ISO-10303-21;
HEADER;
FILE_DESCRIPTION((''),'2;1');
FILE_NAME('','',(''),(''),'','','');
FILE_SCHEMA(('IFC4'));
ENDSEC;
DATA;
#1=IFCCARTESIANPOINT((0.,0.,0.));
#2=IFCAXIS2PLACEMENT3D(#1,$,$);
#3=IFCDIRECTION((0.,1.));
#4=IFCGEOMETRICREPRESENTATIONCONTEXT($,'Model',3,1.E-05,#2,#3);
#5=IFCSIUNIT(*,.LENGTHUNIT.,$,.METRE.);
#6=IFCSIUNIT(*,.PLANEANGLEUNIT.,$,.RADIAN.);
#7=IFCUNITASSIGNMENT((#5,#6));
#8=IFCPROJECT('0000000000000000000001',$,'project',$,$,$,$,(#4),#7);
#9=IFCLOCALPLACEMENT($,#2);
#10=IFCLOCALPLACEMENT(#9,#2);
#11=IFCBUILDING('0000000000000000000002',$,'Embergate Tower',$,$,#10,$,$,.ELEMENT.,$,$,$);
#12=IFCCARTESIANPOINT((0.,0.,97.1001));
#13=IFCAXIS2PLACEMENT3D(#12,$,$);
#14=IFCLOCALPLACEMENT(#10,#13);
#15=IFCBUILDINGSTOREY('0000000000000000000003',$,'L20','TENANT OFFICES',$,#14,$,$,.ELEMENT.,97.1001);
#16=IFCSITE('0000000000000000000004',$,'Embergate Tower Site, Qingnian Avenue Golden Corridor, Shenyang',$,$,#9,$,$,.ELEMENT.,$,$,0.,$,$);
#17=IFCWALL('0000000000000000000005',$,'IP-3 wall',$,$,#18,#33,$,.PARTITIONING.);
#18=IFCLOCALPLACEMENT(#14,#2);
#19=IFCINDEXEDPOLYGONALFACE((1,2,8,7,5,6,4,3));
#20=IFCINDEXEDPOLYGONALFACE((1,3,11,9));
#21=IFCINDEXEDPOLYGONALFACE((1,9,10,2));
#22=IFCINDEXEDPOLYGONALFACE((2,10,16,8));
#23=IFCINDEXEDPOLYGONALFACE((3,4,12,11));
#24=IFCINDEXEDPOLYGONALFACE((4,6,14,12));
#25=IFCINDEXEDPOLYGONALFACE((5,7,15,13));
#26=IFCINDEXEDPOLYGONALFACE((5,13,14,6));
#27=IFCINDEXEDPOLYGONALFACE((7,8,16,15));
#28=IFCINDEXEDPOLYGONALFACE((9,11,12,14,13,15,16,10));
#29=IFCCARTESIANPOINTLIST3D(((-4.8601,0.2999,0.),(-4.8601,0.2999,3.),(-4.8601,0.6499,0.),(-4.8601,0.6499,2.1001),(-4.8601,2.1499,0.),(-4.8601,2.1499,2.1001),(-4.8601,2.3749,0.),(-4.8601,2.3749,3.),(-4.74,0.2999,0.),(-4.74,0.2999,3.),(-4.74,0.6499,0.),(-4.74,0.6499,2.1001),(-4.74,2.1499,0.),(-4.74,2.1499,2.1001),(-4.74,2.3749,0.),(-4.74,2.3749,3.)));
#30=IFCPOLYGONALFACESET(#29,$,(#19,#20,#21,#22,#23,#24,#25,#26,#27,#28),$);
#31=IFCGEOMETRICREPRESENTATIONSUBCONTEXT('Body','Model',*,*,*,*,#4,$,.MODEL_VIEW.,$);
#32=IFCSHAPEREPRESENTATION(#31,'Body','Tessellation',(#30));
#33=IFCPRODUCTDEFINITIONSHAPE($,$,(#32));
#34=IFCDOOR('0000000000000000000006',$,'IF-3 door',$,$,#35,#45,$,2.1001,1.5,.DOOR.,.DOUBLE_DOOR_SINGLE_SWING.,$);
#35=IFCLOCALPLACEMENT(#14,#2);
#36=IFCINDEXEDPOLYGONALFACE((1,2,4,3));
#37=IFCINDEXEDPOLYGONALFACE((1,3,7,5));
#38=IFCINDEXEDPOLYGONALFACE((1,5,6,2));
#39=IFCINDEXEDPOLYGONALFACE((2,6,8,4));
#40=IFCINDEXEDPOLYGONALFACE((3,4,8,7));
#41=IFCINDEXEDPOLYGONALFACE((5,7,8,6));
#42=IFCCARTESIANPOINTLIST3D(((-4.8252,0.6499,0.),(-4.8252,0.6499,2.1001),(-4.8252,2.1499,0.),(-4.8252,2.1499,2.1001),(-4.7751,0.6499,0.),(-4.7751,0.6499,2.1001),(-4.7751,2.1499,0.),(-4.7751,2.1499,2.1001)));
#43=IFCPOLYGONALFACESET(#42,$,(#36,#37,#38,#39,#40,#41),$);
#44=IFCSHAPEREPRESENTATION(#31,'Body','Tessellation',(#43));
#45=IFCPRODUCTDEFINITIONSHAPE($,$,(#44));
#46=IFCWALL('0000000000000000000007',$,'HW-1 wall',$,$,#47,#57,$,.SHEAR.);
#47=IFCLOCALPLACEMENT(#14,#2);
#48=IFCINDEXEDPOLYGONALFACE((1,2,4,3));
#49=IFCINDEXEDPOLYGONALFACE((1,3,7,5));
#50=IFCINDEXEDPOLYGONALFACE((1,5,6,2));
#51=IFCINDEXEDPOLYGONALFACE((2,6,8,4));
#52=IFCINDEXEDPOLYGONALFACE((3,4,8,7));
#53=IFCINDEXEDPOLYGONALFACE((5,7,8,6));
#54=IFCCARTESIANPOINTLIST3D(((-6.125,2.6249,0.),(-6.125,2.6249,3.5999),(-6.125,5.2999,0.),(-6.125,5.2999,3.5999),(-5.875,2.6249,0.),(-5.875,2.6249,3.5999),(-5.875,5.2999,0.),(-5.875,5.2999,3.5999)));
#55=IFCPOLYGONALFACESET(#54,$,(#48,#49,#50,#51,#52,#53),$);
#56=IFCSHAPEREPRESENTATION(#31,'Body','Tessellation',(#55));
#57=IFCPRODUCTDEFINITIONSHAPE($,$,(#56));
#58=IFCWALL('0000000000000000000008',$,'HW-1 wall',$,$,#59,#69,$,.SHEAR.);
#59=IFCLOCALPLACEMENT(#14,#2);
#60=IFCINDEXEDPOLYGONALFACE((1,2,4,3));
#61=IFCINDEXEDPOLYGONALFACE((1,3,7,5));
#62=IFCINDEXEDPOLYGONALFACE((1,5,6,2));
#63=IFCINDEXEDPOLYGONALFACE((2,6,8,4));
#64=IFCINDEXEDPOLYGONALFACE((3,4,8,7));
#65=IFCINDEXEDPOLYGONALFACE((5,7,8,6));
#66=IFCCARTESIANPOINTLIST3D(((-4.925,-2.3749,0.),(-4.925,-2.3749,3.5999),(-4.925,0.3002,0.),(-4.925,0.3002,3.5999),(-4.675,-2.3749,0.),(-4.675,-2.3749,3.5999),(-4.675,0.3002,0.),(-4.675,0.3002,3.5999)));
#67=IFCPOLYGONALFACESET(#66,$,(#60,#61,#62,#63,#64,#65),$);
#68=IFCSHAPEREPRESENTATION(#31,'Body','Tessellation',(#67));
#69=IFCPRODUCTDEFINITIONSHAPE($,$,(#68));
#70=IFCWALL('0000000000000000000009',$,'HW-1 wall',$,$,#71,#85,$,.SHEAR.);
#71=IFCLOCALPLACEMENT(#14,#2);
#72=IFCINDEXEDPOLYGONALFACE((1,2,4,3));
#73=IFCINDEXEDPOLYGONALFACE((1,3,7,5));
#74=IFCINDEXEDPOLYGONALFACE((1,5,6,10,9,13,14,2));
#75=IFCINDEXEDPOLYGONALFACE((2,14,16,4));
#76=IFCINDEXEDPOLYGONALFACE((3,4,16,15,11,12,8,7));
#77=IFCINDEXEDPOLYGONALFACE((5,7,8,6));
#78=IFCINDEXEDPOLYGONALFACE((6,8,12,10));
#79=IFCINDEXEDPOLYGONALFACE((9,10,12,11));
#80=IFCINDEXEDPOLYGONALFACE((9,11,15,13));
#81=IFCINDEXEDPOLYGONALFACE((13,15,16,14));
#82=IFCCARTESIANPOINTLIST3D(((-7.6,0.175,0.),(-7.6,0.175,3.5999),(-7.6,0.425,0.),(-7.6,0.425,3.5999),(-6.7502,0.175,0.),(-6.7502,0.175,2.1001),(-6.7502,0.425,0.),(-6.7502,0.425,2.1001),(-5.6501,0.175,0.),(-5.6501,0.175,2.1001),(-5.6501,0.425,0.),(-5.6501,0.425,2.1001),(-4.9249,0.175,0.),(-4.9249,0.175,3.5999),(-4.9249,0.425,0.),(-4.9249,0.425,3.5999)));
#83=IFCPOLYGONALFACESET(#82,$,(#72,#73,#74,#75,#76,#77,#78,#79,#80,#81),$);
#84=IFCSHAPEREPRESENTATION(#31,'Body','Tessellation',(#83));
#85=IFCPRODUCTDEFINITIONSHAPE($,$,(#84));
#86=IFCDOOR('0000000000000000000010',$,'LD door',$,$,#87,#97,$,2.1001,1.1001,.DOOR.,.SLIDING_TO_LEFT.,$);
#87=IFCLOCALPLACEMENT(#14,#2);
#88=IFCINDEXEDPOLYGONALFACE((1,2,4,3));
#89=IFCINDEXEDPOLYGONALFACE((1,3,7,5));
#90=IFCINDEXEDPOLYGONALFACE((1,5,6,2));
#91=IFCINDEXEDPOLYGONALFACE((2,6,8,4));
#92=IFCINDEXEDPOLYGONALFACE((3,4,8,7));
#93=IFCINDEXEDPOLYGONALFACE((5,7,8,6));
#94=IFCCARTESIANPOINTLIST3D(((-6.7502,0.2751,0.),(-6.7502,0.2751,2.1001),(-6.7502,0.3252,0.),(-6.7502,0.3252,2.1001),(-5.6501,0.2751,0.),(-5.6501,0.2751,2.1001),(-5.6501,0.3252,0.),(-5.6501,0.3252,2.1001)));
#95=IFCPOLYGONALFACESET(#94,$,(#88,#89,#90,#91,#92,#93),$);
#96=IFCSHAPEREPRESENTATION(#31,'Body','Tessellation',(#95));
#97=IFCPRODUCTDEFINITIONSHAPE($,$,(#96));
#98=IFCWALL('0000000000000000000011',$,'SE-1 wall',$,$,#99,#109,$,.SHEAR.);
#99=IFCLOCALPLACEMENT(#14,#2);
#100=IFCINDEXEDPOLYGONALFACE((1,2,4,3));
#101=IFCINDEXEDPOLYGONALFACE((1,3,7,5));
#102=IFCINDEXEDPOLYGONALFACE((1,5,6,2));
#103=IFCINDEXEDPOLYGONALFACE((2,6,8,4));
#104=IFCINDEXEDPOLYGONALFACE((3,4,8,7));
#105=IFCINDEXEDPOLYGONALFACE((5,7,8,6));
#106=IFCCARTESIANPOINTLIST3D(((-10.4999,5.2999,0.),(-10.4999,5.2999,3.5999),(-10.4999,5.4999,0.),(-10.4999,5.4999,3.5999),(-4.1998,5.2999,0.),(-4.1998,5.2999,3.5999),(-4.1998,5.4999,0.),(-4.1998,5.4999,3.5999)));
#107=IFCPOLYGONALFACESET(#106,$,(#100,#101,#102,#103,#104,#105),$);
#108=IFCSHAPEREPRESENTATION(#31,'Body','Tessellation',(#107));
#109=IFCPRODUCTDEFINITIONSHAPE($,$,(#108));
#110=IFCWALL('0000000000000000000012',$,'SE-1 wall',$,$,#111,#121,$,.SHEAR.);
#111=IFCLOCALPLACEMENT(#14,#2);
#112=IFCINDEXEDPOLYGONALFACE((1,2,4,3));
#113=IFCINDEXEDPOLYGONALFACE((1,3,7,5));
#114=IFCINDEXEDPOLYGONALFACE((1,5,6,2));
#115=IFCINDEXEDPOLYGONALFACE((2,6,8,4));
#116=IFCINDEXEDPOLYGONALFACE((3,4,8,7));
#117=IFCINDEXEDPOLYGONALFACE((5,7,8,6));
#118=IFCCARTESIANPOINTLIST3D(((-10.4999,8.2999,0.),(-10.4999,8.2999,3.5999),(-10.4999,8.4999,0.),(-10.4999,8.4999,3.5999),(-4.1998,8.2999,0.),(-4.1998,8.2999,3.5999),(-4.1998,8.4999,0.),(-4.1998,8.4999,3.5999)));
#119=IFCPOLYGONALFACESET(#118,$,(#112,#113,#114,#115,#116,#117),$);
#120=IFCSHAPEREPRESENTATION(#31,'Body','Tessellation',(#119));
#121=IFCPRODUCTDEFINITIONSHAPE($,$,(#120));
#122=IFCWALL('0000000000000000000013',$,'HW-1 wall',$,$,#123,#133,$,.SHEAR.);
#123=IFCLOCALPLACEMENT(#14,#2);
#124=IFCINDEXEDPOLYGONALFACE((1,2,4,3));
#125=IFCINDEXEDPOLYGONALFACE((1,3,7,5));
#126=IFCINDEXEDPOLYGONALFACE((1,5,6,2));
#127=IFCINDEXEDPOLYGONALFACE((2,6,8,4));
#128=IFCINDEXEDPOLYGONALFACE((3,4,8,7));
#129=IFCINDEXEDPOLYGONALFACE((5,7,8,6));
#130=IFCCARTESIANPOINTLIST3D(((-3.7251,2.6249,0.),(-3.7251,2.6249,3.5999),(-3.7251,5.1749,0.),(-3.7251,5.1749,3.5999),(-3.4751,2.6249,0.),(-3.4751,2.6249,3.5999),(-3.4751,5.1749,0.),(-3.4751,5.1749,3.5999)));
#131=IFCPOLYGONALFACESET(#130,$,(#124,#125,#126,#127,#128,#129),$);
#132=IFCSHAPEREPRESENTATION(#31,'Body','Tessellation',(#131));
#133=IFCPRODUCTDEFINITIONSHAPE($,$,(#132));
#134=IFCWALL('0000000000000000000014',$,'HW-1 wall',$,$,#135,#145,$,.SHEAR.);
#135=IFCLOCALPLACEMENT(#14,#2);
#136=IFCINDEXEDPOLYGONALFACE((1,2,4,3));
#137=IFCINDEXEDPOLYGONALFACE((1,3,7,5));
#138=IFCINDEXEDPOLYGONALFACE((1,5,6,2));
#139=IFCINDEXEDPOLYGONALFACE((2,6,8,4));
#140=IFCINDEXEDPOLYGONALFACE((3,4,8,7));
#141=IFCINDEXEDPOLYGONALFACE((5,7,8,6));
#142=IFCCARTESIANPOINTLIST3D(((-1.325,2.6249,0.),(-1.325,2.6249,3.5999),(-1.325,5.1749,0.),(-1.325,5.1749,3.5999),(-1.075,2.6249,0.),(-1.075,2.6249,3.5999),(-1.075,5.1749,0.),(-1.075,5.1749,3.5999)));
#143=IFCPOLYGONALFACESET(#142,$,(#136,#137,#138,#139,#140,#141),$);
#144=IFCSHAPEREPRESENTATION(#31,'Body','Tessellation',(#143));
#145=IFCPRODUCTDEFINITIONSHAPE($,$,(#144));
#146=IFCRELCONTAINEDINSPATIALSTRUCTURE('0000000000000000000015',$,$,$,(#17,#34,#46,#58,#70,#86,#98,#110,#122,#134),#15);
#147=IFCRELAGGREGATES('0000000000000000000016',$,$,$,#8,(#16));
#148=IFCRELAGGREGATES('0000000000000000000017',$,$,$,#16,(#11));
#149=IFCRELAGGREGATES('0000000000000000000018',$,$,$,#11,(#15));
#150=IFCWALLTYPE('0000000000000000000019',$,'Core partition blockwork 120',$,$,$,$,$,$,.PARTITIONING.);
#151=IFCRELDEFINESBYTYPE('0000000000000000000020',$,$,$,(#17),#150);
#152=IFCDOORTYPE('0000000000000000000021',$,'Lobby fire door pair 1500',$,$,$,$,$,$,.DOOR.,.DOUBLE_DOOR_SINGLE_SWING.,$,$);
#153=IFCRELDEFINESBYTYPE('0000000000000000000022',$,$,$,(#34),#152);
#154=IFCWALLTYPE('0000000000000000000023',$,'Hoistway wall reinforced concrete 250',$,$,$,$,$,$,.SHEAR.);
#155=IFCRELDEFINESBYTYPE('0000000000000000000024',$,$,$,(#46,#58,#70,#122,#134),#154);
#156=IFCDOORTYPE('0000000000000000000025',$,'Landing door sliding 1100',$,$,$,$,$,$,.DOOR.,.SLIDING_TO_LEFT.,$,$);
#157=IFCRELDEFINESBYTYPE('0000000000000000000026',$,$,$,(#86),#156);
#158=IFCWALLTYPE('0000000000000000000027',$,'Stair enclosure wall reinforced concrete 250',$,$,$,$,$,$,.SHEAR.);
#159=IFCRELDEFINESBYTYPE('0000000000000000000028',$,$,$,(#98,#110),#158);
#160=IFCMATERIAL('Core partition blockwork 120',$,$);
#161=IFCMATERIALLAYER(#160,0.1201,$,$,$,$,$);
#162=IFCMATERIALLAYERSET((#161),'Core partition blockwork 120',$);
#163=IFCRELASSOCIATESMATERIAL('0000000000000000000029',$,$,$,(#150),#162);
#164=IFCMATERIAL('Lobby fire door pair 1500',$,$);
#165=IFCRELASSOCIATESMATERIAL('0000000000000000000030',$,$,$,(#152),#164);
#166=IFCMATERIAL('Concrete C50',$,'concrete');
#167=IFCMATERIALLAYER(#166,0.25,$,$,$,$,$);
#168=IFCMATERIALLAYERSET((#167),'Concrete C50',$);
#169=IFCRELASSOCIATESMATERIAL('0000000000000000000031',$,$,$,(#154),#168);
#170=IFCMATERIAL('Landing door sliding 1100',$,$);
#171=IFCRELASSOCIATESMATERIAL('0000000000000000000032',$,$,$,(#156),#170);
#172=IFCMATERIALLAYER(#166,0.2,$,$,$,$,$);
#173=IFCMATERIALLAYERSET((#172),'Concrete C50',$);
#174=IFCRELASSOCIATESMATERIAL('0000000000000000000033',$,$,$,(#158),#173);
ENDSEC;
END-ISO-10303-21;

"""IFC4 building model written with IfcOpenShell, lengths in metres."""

from ifc_helpers import new_model, si_unit, direction, frame, frame_2d, origin, place, context, subcontext, project, spatial, rectangle, extrude, source, transform, mapped, material, layer, layer_set, type_object, element, fill, save


model = new_model("IFC4")

# Units and contexts
model_context = context("Model", 3, precision=1e-05, world=origin(), true_north=direction((0.0, 1.0)))
body_context = subcontext(model_context, "Body", "Model", "MODEL_VIEW")
ifc_project = project(units=[si_unit("LENGTHUNIT", "METRE"), si_unit("PLANEANGLEUNIT", "RADIAN")], contexts=[model_context])

# Site, building, storey
site_placement = place(None, origin())
site = spatial("IfcSite", under=ifc_project, at=site_placement, Name="Embergate Tower Site, Qingnian Avenue Golden Corridor, Shenyang", CompositionType="ELEMENT", RefElevation=0.0)
building_placement = place(site_placement, origin())
building = spatial("IfcBuilding", under=site, at=building_placement, Name="Embergate Tower", CompositionType="ELEMENT")
storey_placement = place(building_placement, frame((0.0, 0.0, 97.1001)))
storey = spatial("IfcBuildingStorey", under=building, at=storey_placement, Name="L20", Description="TENANT OFFICES", CompositionType="ELEMENT", Elevation=97.1001)

# Wall, opening, door
ifc_material_1 = material(Name="Core partition blockwork 120")
ifc_layer_1 = layer(ifc_material_1, 0.1201)
ifc_layer_set_1 = layer_set([ifc_layer_1], Name="Core partition blockwork 120")
wall_type_1 = type_object("IfcWallType", Name="Core partition blockwork 120", PredefinedType="PARTITIONING", material=ifc_layer_set_1)
shared_shape_1 = source(origin(), body_context, "Body", "SweptSolid", [
    extrude(rectangle(XDim=2.075, YDim=0.1201, at=frame_2d((1.0376, 0.0))), origin(), (0.0, 0.0, 1.0), 3.0),
])
wall_1_placement = place(storey_placement, frame((-4.8, 2.375, 0.0), z_axis=(0.0, 0.0, 1.0), x_axis=(0.0, -1.0, 0.0)))
wall_1 = element("IfcWall", 1, at=wall_1_placement, inside=storey, type_object=wall_type_1, Name="IP-3 wall", PredefinedType="PARTITIONING", context=body_context, shape_type="MappedRepresentation", body=[
    mapped(shared_shape_1, transform((0.0, 0.0, 0.0))),
])
shared_shape_2 = source(origin(), body_context, "Body", "SweptSolid", [
    extrude(rectangle(XDim=1.5, YDim=2.1001, at=frame_2d((0.75, 1.05))), frame((0.0, 0.0701, 0.0), z_axis=(0.0, -1.0, 0.0), x_axis=(1.0, 0.0, 0.0)), (0.0, 0.0, 1.0), 0.1401),
])
opening_1_placement = place(wall_1_placement, frame((0.2251, 0.0, 0.0)))
opening_1 = element("IfcOpeningElement", 2, at=opening_1_placement, cuts=wall_1, PredefinedType="OPENING", context=body_context, shape_type="MappedRepresentation", body=[
    mapped(shared_shape_2, transform((0.0, 0.0, 0.0))),
])
ifc_material_2 = material(Name="Lobby fire door pair 1500")
door_type_1 = type_object("IfcDoorType", Name="Lobby fire door pair 1500", OperationType="DOUBLE_DOOR_SINGLE_SWING", PredefinedType="DOOR", material=ifc_material_2)
shared_shape_3 = source(origin(), body_context, "Body", "SweptSolid", [
    extrude(rectangle(XDim=1.5, YDim=2.1001, at=frame_2d((0.75, 1.05))), frame((0.0, 0.0249, 0.0), z_axis=(0.0, -1.0, 0.0), x_axis=(1.0, 0.0, 0.0)), (0.0, 0.0, 1.0), 0.05),
])
door_1_placement = place(opening_1_placement, origin())
door_1 = element("IfcDoor", 3, at=door_1_placement, inside=storey, type_object=door_type_1, Name="IF-3 door", OperationType="DOUBLE_DOOR_SINGLE_SWING", OverallHeight=2.1001, OverallWidth=1.5, PredefinedType="DOOR", context=body_context, shape_type="MappedRepresentation", body=[
    mapped(shared_shape_3, transform((0.0, 0.0, 0.0))),
])
fill(opening_1, door_1)

# Walls
ifc_material_3 = material(Name="Concrete C50", Category="concrete")
ifc_layer_2 = layer(ifc_material_3, 0.25)
ifc_layer_set_2 = layer_set([ifc_layer_2], Name="Concrete C50")
wall_type_2 = type_object("IfcWallType", Name="Hoistway wall reinforced concrete 250", PredefinedType="SHEAR", material=ifc_layer_set_2)
shared_shape_4 = source(origin(), body_context, "Body", "SweptSolid", [
    extrude(rectangle(XDim=2.675, YDim=0.25, at=frame_2d((1.3374, 0.0))), origin(), (0.0, 0.0, 1.0), 3.5999),
])
for number, where, z_axis, x_axis, name in (
    (4, (-6.0, 2.625, 0.0), (0.0, 0.0, 1.0), (0.0, 1.0, 0.0), "HW-1 wall"),
    (5, (-4.8, 0.3, 0.0), (0.0, 0.0, 1.0), (0.0, -1.0, 0.0), "HW-1 wall"),
):
    element("IfcWall", number, at=place(storey_placement, frame(where, z_axis=z_axis, x_axis=x_axis)), inside=storey, type_object=wall_type_2, Name=name, PredefinedType="SHEAR", context=body_context, shape_type="MappedRepresentation", body=[
        mapped(shared_shape_4, transform((0.0, 0.0, 0.0))),
    ])

# Wall, opening, door
wall_2_placement = place(storey_placement, frame((-4.925, 0.3, 0.0), z_axis=(0.0, 0.0, 1.0), x_axis=(-1.0, 0.0, 0.0)))
wall_2 = element("IfcWall", 6, at=wall_2_placement, inside=storey, type_object=wall_type_2, Name="HW-1 wall", PredefinedType="SHEAR", context=body_context, shape_type="MappedRepresentation", body=[
    mapped(shared_shape_4, transform((0.0, 0.0, 0.0))),
])
shared_shape_5 = source(origin(), body_context, "Body", "SweptSolid", [
    extrude(rectangle(XDim=1.1001, YDim=2.1001, at=frame_2d((0.55, 1.05))), frame((0.0, 0.135, 0.0), z_axis=(0.0, -1.0, 0.0), x_axis=(1.0, 0.0, 0.0)), (0.0, 0.0, 1.0), 0.27),
])
opening_2_placement = place(wall_2_placement, frame((0.7251, 0.0, 0.0)))
opening_2 = element("IfcOpeningElement", 7, at=opening_2_placement, cuts=wall_2, PredefinedType="OPENING", context=body_context, shape_type="MappedRepresentation", body=[
    mapped(shared_shape_5, transform((0.0, 0.0, 0.0))),
])
ifc_material_4 = material(Name="Landing door sliding 1100")
door_type_2 = type_object("IfcDoorType", Name="Landing door sliding 1100", OperationType="SLIDING_TO_LEFT", PredefinedType="DOOR", material=ifc_material_4)
shared_shape_6 = source(origin(), body_context, "Body", "SweptSolid", [
    extrude(rectangle(XDim=1.1001, YDim=2.1001, at=frame_2d((0.55, 1.05))), frame((0.0, 0.0249, 0.0), z_axis=(0.0, -1.0, 0.0), x_axis=(1.0, 0.0, 0.0)), (0.0, 0.0, 1.0), 0.05),
])
door_2_placement = place(opening_2_placement, origin())
door_2 = element("IfcDoor", 8, at=door_2_placement, inside=storey, type_object=door_type_2, Name="LD door", OperationType="SLIDING_TO_LEFT", OverallHeight=2.1001, OverallWidth=1.1001, PredefinedType="DOOR", context=body_context, shape_type="MappedRepresentation", body=[
    mapped(shared_shape_6, transform((0.0, 0.0, 0.0))),
])
fill(opening_2, door_2)

# Walls
ifc_layer_3 = layer(ifc_material_3, 0.2)
ifc_layer_set_3 = layer_set([ifc_layer_3], Name="Concrete C50")
wall_type_3 = type_object("IfcWallType", Name="Stair enclosure wall reinforced concrete 250", PredefinedType="SHEAR", material=ifc_layer_set_3)
shared_shape_7 = source(origin(), body_context, "Body", "SweptSolid", [
    extrude(rectangle(XDim=6.3, YDim=0.2, at=frame_2d((3.1499, 0.0))), origin(), (0.0, 0.0, 1.0), 3.5999),
])
for number, where, z_axis, x_axis, name in (
    (9, (-4.2, 5.3999, 0.0), (0.0, 0.0, 1.0), (-1.0, 0.0, 0.0), "SE-1 wall"),
    (10, (-4.2, 8.3999, 0.0), (0.0, 0.0, 1.0), (-1.0, 0.0, 0.0), "SE-1 wall"),
):
    element("IfcWall", number, at=place(storey_placement, frame(where, z_axis=z_axis, x_axis=x_axis)), inside=storey, type_object=wall_type_3, Name=name, PredefinedType="SHEAR", context=body_context, shape_type="MappedRepresentation", body=[
        mapped(shared_shape_7, transform((0.0, 0.0, 0.0))),
    ])
shared_shape_8 = source(origin(), body_context, "Body", "SweptSolid", [
    extrude(rectangle(XDim=2.55, YDim=0.25, at=frame_2d((1.2749, 0.0))), origin(), (0.0, 0.0, 1.0), 3.5999),
])
for number, where, z_axis, x_axis, name in (
    (11, (-3.6001, 2.625, 0.0), (0.0, 0.0, 1.0), (0.0, 1.0, 0.0), "HW-1 wall"),
    (12, (-1.2, 2.625, 0.0), (0.0, 0.0, 1.0), (0.0, 1.0, 0.0), "HW-1 wall"),
):
    element("IfcWall", number, at=place(storey_placement, frame(where, z_axis=z_axis, x_axis=x_axis)), inside=storey, type_object=wall_type_2, Name=name, PredefinedType="SHEAR", context=body_context, shape_type="MappedRepresentation", body=[
        mapped(shared_shape_8, transform((0.0, 0.0, 0.0))),
    ])

save(model, "model.ifc")
